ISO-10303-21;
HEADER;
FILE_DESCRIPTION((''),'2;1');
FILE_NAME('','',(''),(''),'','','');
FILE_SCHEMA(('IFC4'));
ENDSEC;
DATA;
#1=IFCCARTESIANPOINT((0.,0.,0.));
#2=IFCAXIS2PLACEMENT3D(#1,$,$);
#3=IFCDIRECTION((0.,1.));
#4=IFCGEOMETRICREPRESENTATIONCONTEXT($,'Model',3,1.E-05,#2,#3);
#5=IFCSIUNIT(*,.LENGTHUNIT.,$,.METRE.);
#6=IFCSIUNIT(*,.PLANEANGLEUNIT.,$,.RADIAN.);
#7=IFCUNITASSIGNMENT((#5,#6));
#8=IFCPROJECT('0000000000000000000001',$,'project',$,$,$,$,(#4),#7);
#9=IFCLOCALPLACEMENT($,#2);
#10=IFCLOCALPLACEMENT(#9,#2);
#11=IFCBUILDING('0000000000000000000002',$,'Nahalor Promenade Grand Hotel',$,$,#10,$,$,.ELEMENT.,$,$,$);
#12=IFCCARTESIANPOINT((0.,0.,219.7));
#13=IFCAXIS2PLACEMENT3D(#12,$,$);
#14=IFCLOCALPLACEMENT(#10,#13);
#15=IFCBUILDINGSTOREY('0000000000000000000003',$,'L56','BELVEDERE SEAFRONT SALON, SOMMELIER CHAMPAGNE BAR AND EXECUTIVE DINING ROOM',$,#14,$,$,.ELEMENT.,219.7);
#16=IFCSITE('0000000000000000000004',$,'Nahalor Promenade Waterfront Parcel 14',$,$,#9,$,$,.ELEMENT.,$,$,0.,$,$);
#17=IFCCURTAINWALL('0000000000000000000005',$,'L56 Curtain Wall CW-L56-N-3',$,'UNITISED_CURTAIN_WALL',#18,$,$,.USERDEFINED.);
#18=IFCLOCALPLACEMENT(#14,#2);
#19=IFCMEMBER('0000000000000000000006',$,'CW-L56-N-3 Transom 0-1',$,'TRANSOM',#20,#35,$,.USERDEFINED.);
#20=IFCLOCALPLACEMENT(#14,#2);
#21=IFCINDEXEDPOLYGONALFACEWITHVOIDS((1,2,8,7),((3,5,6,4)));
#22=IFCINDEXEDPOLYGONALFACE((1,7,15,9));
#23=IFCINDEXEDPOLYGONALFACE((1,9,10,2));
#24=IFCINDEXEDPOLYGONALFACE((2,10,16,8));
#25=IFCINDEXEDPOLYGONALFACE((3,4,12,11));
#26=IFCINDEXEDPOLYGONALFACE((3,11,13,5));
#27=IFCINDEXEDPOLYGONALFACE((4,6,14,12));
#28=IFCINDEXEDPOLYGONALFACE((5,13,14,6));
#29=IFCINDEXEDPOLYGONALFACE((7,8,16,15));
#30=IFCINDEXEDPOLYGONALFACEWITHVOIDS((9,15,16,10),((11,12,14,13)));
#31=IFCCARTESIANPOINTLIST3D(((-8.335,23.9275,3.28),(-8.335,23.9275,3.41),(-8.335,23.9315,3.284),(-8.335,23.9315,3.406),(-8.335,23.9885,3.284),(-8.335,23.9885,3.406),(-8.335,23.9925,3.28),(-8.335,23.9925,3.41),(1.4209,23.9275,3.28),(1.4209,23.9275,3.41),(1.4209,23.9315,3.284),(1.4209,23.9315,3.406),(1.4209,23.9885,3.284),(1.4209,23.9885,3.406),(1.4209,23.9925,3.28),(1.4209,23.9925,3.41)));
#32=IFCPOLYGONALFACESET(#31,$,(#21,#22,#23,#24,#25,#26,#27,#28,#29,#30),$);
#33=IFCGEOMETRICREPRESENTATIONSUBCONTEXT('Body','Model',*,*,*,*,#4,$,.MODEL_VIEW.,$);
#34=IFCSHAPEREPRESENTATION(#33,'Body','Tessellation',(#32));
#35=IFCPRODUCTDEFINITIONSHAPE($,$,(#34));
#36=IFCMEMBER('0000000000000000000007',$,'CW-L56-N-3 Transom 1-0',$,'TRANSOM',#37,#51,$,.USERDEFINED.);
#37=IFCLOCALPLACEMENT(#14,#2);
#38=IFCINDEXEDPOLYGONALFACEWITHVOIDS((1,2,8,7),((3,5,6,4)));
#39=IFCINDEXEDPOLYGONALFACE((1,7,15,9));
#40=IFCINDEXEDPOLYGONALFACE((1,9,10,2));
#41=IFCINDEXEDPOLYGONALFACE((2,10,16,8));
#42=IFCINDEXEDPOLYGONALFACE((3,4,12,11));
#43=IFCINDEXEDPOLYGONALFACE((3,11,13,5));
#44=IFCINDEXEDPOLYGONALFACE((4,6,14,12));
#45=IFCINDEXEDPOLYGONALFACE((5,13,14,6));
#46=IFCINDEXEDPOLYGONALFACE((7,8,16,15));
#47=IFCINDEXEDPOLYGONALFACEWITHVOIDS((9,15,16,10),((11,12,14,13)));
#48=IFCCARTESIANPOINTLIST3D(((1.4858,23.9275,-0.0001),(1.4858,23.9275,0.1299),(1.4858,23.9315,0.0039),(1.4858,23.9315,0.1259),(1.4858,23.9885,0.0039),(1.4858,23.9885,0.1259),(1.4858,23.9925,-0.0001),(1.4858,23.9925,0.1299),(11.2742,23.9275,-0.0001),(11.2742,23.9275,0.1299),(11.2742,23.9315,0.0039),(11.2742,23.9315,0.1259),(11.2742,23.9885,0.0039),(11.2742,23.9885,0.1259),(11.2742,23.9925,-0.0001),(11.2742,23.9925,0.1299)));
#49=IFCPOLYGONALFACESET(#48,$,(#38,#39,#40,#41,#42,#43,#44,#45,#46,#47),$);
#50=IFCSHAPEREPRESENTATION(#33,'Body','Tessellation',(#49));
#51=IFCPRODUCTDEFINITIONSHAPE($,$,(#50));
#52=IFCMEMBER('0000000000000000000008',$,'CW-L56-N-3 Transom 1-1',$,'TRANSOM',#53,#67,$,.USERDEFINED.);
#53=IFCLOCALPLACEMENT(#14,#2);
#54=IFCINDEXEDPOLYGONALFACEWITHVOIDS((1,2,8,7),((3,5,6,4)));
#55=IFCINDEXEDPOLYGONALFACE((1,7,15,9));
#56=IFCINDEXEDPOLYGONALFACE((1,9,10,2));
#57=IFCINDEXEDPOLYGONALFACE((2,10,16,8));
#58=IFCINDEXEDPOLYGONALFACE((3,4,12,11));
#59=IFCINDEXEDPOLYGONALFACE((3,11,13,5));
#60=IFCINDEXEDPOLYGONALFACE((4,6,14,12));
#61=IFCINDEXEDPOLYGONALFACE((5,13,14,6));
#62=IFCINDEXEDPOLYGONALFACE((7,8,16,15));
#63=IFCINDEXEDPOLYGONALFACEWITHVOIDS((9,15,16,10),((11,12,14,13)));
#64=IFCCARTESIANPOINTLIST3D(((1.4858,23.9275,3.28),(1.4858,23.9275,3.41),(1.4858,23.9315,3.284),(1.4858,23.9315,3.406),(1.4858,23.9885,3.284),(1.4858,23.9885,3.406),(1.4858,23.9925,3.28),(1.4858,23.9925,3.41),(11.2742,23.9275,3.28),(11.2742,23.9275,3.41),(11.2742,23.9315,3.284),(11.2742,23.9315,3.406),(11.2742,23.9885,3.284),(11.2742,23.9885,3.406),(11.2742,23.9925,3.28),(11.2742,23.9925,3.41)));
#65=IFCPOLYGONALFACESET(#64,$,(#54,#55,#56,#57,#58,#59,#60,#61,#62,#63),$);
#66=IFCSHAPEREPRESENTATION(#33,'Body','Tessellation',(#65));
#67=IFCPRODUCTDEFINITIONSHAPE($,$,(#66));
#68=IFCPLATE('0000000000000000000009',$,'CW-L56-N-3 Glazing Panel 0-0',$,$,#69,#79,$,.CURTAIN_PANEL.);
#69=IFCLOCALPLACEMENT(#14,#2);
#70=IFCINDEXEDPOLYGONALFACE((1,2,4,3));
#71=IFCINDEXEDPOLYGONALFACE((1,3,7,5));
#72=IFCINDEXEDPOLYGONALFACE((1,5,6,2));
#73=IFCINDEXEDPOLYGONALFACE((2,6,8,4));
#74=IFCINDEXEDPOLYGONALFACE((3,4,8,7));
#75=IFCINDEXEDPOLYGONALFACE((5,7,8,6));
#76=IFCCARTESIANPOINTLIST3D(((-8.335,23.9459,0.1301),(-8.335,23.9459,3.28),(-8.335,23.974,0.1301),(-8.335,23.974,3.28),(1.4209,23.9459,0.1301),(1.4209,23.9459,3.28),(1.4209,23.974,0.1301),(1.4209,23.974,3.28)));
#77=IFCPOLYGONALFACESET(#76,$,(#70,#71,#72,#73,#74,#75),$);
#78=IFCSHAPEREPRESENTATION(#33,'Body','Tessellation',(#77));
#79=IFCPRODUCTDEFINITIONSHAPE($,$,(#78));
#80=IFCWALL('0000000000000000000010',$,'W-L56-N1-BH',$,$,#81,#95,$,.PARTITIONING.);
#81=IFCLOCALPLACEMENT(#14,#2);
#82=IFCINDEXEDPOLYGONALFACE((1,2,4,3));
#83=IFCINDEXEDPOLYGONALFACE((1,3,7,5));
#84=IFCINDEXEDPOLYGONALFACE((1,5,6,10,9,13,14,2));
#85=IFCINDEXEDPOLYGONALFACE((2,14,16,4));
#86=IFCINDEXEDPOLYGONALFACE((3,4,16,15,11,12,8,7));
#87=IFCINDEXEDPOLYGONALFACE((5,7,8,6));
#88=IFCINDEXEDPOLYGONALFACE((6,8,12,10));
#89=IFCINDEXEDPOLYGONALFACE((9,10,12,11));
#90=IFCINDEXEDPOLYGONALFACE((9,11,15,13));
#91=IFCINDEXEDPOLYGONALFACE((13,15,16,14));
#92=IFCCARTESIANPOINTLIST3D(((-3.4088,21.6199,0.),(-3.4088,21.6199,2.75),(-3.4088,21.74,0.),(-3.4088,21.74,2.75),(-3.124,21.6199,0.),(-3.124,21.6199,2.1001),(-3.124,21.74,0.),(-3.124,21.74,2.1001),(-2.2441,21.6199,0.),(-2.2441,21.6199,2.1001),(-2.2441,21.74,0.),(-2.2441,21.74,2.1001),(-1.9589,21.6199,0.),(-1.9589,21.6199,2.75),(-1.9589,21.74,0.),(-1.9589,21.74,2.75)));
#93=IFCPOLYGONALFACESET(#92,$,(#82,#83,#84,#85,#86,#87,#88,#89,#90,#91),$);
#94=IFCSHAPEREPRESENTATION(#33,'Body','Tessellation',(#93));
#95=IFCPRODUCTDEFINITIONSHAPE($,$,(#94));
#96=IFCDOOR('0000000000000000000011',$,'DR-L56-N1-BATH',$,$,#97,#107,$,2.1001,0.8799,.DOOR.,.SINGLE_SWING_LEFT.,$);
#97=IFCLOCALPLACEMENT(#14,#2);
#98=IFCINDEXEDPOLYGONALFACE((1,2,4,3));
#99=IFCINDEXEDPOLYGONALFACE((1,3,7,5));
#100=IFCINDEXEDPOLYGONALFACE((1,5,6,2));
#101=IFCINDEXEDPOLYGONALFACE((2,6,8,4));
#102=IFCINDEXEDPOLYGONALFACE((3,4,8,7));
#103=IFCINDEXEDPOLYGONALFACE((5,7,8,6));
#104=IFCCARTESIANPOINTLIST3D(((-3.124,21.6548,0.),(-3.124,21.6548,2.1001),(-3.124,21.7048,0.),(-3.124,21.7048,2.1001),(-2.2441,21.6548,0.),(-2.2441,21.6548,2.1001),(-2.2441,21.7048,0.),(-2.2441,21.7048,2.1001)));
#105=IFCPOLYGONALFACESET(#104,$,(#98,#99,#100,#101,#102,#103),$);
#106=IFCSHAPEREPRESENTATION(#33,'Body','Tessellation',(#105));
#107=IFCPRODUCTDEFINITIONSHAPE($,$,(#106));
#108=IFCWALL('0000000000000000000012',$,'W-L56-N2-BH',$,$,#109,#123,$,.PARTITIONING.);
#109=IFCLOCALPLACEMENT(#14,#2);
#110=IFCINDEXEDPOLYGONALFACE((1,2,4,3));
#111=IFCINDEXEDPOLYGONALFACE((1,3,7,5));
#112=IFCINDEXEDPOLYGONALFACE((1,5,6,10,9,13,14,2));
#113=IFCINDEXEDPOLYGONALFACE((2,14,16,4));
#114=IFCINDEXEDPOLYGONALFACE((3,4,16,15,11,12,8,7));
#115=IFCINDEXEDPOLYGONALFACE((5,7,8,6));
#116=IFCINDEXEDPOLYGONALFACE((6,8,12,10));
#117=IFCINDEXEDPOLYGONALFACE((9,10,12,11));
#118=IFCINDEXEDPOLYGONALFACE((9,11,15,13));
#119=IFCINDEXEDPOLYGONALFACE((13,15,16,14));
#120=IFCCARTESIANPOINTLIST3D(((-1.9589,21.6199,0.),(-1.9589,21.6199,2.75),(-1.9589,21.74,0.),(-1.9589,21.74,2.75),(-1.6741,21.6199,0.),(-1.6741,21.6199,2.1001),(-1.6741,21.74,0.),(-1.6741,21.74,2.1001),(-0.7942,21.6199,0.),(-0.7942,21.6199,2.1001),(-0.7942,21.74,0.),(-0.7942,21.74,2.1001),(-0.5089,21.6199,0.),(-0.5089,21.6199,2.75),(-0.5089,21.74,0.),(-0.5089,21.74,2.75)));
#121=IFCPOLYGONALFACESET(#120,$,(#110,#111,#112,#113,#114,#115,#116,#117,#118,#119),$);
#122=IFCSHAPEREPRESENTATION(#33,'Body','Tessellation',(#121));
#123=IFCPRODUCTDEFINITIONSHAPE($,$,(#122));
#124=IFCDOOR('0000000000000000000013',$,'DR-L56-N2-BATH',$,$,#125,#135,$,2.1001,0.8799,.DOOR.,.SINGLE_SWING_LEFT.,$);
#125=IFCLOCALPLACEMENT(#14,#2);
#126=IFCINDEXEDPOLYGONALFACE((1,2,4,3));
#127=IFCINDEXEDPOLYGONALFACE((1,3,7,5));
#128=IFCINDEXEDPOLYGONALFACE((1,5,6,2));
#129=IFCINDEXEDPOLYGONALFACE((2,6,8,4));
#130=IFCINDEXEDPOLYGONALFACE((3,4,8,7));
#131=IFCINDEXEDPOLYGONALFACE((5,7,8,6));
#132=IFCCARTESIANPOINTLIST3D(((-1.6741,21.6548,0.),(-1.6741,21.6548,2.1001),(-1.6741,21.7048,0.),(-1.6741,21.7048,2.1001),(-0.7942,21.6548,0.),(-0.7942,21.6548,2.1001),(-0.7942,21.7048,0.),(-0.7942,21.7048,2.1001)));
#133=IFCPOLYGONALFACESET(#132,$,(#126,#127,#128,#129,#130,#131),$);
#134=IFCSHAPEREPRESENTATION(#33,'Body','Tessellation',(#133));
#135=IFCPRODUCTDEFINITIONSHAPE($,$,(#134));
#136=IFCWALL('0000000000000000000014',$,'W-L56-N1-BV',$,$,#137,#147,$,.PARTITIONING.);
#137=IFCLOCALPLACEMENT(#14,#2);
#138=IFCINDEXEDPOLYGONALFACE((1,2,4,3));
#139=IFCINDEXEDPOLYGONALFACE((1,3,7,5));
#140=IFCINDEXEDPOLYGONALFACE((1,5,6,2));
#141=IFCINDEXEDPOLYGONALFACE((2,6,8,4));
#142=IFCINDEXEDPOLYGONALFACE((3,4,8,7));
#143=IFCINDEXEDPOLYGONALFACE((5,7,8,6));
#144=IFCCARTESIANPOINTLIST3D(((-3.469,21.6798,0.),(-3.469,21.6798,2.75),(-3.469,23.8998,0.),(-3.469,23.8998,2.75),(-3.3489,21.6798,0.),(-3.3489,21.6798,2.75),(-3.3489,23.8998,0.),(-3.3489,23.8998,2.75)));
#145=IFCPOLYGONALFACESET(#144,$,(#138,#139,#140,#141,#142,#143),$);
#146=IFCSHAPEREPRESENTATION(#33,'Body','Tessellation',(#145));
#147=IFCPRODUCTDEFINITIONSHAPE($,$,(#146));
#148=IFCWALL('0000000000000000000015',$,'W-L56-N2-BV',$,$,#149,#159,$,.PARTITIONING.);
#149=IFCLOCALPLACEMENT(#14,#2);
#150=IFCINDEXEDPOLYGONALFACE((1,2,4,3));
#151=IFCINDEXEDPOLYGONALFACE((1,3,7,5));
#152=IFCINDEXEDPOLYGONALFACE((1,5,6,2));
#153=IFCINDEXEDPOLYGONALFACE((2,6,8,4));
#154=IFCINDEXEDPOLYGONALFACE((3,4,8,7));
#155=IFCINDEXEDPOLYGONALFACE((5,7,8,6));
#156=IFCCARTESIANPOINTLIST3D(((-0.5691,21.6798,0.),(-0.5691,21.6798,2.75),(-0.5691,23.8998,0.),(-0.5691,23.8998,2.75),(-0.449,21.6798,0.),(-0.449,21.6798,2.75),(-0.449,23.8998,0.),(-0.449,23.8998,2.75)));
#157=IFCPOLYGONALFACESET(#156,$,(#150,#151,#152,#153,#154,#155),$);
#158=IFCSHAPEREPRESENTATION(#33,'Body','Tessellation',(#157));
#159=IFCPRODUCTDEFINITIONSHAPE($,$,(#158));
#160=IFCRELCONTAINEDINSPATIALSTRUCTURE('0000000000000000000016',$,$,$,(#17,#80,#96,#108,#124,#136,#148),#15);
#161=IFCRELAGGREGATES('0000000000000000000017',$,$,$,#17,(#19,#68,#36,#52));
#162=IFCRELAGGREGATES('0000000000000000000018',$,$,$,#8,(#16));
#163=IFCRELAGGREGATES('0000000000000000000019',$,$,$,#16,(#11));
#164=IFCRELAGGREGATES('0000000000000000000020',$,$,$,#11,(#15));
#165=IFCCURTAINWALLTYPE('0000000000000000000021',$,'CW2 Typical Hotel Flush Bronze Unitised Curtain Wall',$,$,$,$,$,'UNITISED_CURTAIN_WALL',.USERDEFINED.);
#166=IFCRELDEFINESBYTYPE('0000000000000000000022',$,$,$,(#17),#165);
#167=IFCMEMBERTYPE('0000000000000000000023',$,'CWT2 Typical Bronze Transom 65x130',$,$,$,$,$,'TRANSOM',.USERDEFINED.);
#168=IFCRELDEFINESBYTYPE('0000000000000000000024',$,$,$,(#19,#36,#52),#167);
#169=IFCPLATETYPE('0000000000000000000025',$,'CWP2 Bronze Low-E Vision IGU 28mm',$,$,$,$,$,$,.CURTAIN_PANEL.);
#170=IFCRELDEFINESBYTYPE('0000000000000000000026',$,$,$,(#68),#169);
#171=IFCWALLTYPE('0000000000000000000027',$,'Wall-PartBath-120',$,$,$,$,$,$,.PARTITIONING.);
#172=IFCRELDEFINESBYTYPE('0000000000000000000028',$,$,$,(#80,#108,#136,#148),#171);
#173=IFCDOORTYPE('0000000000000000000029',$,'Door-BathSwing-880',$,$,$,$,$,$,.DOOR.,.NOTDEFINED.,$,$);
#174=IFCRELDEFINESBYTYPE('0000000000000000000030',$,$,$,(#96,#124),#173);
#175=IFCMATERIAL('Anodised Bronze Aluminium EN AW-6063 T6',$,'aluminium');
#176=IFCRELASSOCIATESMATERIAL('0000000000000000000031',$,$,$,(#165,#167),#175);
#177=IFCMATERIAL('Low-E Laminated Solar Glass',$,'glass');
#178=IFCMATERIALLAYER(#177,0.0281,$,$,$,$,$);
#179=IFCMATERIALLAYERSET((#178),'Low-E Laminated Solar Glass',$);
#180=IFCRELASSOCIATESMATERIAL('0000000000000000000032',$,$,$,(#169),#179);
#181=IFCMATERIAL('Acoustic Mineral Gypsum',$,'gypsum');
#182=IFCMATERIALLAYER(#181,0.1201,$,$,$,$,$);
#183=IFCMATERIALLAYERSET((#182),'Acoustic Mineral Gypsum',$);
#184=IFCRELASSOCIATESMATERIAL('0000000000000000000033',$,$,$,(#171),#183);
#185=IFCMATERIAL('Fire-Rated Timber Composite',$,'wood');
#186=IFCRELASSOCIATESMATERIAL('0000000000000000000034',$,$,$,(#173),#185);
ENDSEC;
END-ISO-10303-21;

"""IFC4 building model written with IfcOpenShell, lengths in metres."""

from ifc_helpers import new_model, si_unit, direction, frame, frame_2d, origin, origin_2d, place, context, subcontext, project, spatial, rectangle, hollow_rectangle, extrude, source, transform, mapped, material, layer, layer_set, material_profile, profile_set, type_object, element, fill, aggregate, save


model = new_model("IFC4")

# Units and contexts
model_context = context("Model", 3, precision=1e-05, world=origin(), true_north=direction((0.0, 1.0)))
body_context = subcontext(model_context, "Body", "Model", "MODEL_VIEW")
ifc_project = project(units=[si_unit("LENGTHUNIT", "METRE"), si_unit("PLANEANGLEUNIT", "RADIAN")], contexts=[model_context])

# Site, building, storey
site_placement = place(None, origin())
site = spatial("IfcSite", under=ifc_project, at=site_placement, Name="Nahalor Promenade Waterfront Parcel 14", CompositionType="ELEMENT", RefElevation=0.0)
building_placement = place(site_placement, origin())
building = spatial("IfcBuilding", under=site, at=building_placement, Name="Nahalor Promenade Grand Hotel", CompositionType="ELEMENT")
storey_placement = place(building_placement, frame((0.0, 0.0, 219.7)))
storey = spatial("IfcBuildingStorey", under=building, at=storey_placement, Name="L56", Description="BELVEDERE SEAFRONT SALON, SOMMELIER CHAMPAGNE BAR AND EXECUTIVE DINING ROOM", CompositionType="ELEMENT", Elevation=219.7)

# Curtain wall, members, plate
ifc_material_1 = material(Name="Anodised Bronze Aluminium EN AW-6063 T6", Category="aluminium")
curtain_wall_type = type_object("IfcCurtainWallType", Name="CW2 Typical Hotel Flush Bronze Unitised Curtain Wall", ElementType="UNITISED_CURTAIN_WALL", PredefinedType="USERDEFINED", material=ifc_material_1)
curtain_wall_placement = place(storey_placement, origin())
curtain_wall = element("IfcCurtainWall", 1, at=curtain_wall_placement, inside=storey, type_object=curtain_wall_type, Name="L56 Curtain Wall CW-L56-N-3", ObjectType="UNITISED_CURTAIN_WALL", PredefinedType="USERDEFINED")
ifc_material_profile_1 = material_profile(ifc_material_1, hollow_rectangle(XDim=0.065, YDim=0.13, WallThickness=0.004, at=origin_2d()), Name="CWT 65x130x4")
ifc_profile_set_1 = profile_set([ifc_material_profile_1], Name="Anodised Bronze Aluminium EN AW-6063 T6")
member_type_1 = type_object("IfcMemberType", Name="CWT2 Typical Bronze Transom 65x130", ElementType="TRANSOM", PredefinedType="USERDEFINED", material=ifc_profile_set_1)
shared_shape_1 = source(origin(), body_context, "Body", "SweptSolid", [
    extrude(hollow_rectangle(XDim=0.065, YDim=0.13, WallThickness=0.004, at=origin_2d()), origin(), (0.0, 0.0, 1.0), 9.7559),
])
member_1_placement = place(storey_placement, frame((-8.335, 23.96, 3.345), z_axis=(1.0, 0.0, 0.0), x_axis=(0.0, 1.0, 0.0)))
member_1 = element("IfcMember", 2, at=member_1_placement, type_object=member_type_1, Name="CW-L56-N-3 Transom 0-1", ObjectType="TRANSOM", PredefinedType="USERDEFINED", context=body_context, shape_type="MappedRepresentation", body=[
    mapped(shared_shape_1, transform((0.0, 0.0, 0.0), scale=1.0)),
])
shared_shape_2 = source(origin(), body_context, "Body", "SweptSolid", [
    extrude(hollow_rectangle(XDim=0.065, YDim=0.13, WallThickness=0.004, at=origin_2d()), origin(), (0.0, 0.0, 1.0), 9.7883),
])
member_2_placement = place(storey_placement, frame((1.4858, 23.96, 0.0649), z_axis=(1.0, 0.0, 0.0), x_axis=(0.0, 1.0, 0.0)))
member_2 = element("IfcMember", 3, at=member_2_placement, type_object=member_type_1, Name="CW-L56-N-3 Transom 1-0", ObjectType="TRANSOM", PredefinedType="USERDEFINED", context=body_context, shape_type="MappedRepresentation", body=[
    mapped(shared_shape_2, transform((0.0, 0.0, 0.0), scale=1.0)),
])
member_3_placement = place(storey_placement, frame((1.4858, 23.96, 3.345), z_axis=(1.0, 0.0, 0.0), x_axis=(0.0, 1.0, 0.0)))
member_3 = element("IfcMember", 4, at=member_3_placement, type_object=member_type_1, Name="CW-L56-N-3 Transom 1-1", ObjectType="TRANSOM", PredefinedType="USERDEFINED", context=body_context, shape_type="MappedRepresentation", body=[
    mapped(shared_shape_2, transform((0.0, 0.0, 0.0), scale=1.0)),
])
ifc_material_2 = material(Name="Low-E Laminated Solar Glass", Category="glass")
ifc_layer_1 = layer(ifc_material_2, 0.0281)
ifc_layer_set_1 = layer_set([ifc_layer_1], Name="Low-E Laminated Solar Glass")
plate_type = type_object("IfcPlateType", Name="CWP2 Bronze Low-E Vision IGU 28mm", PredefinedType="CURTAIN_PANEL", material=ifc_layer_set_1)
shared_shape_3 = source(origin(), body_context, "Body", "SweptSolid", [
    extrude(rectangle(XDim=9.7559, YDim=0.0281, at=origin_2d()), origin(), (0.0, 0.0, 1.0), 3.1499),
])
plate_placement = place(storey_placement, frame((-3.457, 23.96, 0.1301), z_axis=(0.0, 0.0, 1.0), x_axis=(1.0, 0.0, 0.0)))
plate = element("IfcPlate", 5, at=plate_placement, type_object=plate_type, Name="CW-L56-N-3 Glazing Panel 0-0", PredefinedType="CURTAIN_PANEL", context=body_context, shape_type="MappedRepresentation", body=[
    mapped(shared_shape_3, transform((0.0, 0.0, 0.0), scale=1.0)),
])
aggregate(curtain_wall, [member_1, plate, member_2, member_3])

# Walls, openings, doors
ifc_material_3 = material(Name="Acoustic Mineral Gypsum", Category="gypsum")
ifc_layer_2 = layer(ifc_material_3, 0.1201)
ifc_layer_set_2 = layer_set([ifc_layer_2], Name="Acoustic Mineral Gypsum")
wall_type = type_object("IfcWallType", Name="Wall-PartBath-120", PredefinedType="PARTITIONING", material=ifc_layer_set_2)
shared_shape_4 = source(origin(), body_context, "Body", "SweptSolid", [
    extrude(rectangle(XDim=1.45, YDim=0.1201, at=frame_2d((0.7251, 0.0))), origin(), (0.0, 0.0, 1.0), 2.75),
])
wall_1_placement = place(storey_placement, frame((-3.4089, 21.6799, 0.0), z_axis=(0.0, 0.0, 1.0), x_axis=(1.0, 0.0, 0.0)))
wall_1 = element("IfcWall", 6, at=wall_1_placement, inside=storey, type_object=wall_type, Name="W-L56-N1-BH", PredefinedType="PARTITIONING", context=body_context, shape_type="MappedRepresentation", body=[
    mapped(shared_shape_4, transform((0.0, 0.0, 0.0), scale=1.0)),
])
opening_1_placement = place(wall_1_placement, frame((0.2849, 0.0, 0.0)))
opening_1 = element("IfcOpeningElement", 7, at=opening_1_placement, cuts=wall_1, PredefinedType="OPENING", context=body_context, shape_type="SweptSolid", body=[
    extrude(rectangle(XDim=0.8799, YDim=2.1001, at=frame_2d((0.4399, 1.05))), frame((0.0, 0.0701, 0.0), z_axis=(0.0, -1.0, 0.0), x_axis=(1.0, 0.0, 0.0)), (0.0, 0.0, 1.0), 0.1401),
])
ifc_material_4 = material(Name="Fire-Rated Timber Composite", Category="wood")
door_type = type_object("IfcDoorType", Name="Door-BathSwing-880", OperationType="NOTDEFINED", PredefinedType="DOOR", material=ifc_material_4)
shared_shape_5 = source(origin(), body_context, "Body", "SweptSolid", [
    extrude(rectangle(XDim=0.8799, YDim=2.1001, at=frame_2d((0.4399, 1.05))), frame((0.0, 0.0249, 0.0), z_axis=(0.0, -1.0, 0.0), x_axis=(1.0, 0.0, 0.0)), (0.0, 0.0, 1.0), 0.05),
])
door_1_placement = place(opening_1_placement, origin())
door_1 = element("IfcDoor", 8, at=door_1_placement, inside=storey, type_object=door_type, Name="DR-L56-N1-BATH", OperationType="SINGLE_SWING_LEFT", OverallHeight=2.1001, OverallWidth=0.8799, PredefinedType="DOOR", context=body_context, shape_type="MappedRepresentation", body=[
    mapped(shared_shape_5, transform((0.0, 0.0, 0.0), scale=1.0)),
])
fill(opening_1, door_1)
wall_2_placement = place(storey_placement, frame((-1.959, 21.6799, 0.0), z_axis=(0.0, 0.0, 1.0), x_axis=(1.0, 0.0, 0.0)))
wall_2 = element("IfcWall", 9, at=wall_2_placement, inside=storey, type_object=wall_type, Name="W-L56-N2-BH", PredefinedType="PARTITIONING", context=body_context, shape_type="MappedRepresentation", body=[
    mapped(shared_shape_4, transform((0.0, 0.0, 0.0), scale=1.0)),
])
opening_2_placement = place(wall_2_placement, frame((0.2849, 0.0, 0.0)))
opening_2 = element("IfcOpeningElement", 10, at=opening_2_placement, cuts=wall_2, PredefinedType="OPENING", context=body_context, shape_type="SweptSolid", body=[
    extrude(rectangle(XDim=0.8799, YDim=2.1001, at=frame_2d((0.4399, 1.05))), frame((0.0, 0.0701, 0.0), z_axis=(0.0, -1.0, 0.0), x_axis=(1.0, 0.0, 0.0)), (0.0, 0.0, 1.0), 0.1401),
])
door_2_placement = place(opening_2_placement, origin())
door_2 = element("IfcDoor", 11, at=door_2_placement, inside=storey, type_object=door_type, Name="DR-L56-N2-BATH", OperationType="SINGLE_SWING_LEFT", OverallHeight=2.1001, OverallWidth=0.8799, PredefinedType="DOOR", context=body_context, shape_type="MappedRepresentation", body=[
    mapped(shared_shape_5, transform((0.0, 0.0, 0.0), scale=1.0)),
])
fill(opening_2, door_2)

# Walls
shared_shape_6 = source(origin(), body_context, "Body", "SweptSolid", [
    extrude(rectangle(XDim=2.22, YDim=0.1201, at=frame_2d((1.1099, 0.0))), origin(), (0.0, 0.0, 1.0), 2.75),
])
for number, where, z_axis, x_axis, name in (
    (12, (-3.4089, 21.6799, 0.0), (0.0, 0.0, 1.0), (0.0, 1.0, 0.0), "W-L56-N1-BV"),
    (13, (-0.509, 21.6799, 0.0), (0.0, 0.0, 1.0), (0.0, 1.0, 0.0), "W-L56-N2-BV"),
):
    element("IfcWall", number, at=place(storey_placement, frame(where, z_axis=z_axis, x_axis=x_axis)), inside=storey, type_object=wall_type, Name=name, PredefinedType="PARTITIONING", context=body_context, shape_type="MappedRepresentation", body=[
        mapped(shared_shape_6, transform((0.0, 0.0, 0.0), scale=1.0)),
    ])

save(model, "model.ifc")
